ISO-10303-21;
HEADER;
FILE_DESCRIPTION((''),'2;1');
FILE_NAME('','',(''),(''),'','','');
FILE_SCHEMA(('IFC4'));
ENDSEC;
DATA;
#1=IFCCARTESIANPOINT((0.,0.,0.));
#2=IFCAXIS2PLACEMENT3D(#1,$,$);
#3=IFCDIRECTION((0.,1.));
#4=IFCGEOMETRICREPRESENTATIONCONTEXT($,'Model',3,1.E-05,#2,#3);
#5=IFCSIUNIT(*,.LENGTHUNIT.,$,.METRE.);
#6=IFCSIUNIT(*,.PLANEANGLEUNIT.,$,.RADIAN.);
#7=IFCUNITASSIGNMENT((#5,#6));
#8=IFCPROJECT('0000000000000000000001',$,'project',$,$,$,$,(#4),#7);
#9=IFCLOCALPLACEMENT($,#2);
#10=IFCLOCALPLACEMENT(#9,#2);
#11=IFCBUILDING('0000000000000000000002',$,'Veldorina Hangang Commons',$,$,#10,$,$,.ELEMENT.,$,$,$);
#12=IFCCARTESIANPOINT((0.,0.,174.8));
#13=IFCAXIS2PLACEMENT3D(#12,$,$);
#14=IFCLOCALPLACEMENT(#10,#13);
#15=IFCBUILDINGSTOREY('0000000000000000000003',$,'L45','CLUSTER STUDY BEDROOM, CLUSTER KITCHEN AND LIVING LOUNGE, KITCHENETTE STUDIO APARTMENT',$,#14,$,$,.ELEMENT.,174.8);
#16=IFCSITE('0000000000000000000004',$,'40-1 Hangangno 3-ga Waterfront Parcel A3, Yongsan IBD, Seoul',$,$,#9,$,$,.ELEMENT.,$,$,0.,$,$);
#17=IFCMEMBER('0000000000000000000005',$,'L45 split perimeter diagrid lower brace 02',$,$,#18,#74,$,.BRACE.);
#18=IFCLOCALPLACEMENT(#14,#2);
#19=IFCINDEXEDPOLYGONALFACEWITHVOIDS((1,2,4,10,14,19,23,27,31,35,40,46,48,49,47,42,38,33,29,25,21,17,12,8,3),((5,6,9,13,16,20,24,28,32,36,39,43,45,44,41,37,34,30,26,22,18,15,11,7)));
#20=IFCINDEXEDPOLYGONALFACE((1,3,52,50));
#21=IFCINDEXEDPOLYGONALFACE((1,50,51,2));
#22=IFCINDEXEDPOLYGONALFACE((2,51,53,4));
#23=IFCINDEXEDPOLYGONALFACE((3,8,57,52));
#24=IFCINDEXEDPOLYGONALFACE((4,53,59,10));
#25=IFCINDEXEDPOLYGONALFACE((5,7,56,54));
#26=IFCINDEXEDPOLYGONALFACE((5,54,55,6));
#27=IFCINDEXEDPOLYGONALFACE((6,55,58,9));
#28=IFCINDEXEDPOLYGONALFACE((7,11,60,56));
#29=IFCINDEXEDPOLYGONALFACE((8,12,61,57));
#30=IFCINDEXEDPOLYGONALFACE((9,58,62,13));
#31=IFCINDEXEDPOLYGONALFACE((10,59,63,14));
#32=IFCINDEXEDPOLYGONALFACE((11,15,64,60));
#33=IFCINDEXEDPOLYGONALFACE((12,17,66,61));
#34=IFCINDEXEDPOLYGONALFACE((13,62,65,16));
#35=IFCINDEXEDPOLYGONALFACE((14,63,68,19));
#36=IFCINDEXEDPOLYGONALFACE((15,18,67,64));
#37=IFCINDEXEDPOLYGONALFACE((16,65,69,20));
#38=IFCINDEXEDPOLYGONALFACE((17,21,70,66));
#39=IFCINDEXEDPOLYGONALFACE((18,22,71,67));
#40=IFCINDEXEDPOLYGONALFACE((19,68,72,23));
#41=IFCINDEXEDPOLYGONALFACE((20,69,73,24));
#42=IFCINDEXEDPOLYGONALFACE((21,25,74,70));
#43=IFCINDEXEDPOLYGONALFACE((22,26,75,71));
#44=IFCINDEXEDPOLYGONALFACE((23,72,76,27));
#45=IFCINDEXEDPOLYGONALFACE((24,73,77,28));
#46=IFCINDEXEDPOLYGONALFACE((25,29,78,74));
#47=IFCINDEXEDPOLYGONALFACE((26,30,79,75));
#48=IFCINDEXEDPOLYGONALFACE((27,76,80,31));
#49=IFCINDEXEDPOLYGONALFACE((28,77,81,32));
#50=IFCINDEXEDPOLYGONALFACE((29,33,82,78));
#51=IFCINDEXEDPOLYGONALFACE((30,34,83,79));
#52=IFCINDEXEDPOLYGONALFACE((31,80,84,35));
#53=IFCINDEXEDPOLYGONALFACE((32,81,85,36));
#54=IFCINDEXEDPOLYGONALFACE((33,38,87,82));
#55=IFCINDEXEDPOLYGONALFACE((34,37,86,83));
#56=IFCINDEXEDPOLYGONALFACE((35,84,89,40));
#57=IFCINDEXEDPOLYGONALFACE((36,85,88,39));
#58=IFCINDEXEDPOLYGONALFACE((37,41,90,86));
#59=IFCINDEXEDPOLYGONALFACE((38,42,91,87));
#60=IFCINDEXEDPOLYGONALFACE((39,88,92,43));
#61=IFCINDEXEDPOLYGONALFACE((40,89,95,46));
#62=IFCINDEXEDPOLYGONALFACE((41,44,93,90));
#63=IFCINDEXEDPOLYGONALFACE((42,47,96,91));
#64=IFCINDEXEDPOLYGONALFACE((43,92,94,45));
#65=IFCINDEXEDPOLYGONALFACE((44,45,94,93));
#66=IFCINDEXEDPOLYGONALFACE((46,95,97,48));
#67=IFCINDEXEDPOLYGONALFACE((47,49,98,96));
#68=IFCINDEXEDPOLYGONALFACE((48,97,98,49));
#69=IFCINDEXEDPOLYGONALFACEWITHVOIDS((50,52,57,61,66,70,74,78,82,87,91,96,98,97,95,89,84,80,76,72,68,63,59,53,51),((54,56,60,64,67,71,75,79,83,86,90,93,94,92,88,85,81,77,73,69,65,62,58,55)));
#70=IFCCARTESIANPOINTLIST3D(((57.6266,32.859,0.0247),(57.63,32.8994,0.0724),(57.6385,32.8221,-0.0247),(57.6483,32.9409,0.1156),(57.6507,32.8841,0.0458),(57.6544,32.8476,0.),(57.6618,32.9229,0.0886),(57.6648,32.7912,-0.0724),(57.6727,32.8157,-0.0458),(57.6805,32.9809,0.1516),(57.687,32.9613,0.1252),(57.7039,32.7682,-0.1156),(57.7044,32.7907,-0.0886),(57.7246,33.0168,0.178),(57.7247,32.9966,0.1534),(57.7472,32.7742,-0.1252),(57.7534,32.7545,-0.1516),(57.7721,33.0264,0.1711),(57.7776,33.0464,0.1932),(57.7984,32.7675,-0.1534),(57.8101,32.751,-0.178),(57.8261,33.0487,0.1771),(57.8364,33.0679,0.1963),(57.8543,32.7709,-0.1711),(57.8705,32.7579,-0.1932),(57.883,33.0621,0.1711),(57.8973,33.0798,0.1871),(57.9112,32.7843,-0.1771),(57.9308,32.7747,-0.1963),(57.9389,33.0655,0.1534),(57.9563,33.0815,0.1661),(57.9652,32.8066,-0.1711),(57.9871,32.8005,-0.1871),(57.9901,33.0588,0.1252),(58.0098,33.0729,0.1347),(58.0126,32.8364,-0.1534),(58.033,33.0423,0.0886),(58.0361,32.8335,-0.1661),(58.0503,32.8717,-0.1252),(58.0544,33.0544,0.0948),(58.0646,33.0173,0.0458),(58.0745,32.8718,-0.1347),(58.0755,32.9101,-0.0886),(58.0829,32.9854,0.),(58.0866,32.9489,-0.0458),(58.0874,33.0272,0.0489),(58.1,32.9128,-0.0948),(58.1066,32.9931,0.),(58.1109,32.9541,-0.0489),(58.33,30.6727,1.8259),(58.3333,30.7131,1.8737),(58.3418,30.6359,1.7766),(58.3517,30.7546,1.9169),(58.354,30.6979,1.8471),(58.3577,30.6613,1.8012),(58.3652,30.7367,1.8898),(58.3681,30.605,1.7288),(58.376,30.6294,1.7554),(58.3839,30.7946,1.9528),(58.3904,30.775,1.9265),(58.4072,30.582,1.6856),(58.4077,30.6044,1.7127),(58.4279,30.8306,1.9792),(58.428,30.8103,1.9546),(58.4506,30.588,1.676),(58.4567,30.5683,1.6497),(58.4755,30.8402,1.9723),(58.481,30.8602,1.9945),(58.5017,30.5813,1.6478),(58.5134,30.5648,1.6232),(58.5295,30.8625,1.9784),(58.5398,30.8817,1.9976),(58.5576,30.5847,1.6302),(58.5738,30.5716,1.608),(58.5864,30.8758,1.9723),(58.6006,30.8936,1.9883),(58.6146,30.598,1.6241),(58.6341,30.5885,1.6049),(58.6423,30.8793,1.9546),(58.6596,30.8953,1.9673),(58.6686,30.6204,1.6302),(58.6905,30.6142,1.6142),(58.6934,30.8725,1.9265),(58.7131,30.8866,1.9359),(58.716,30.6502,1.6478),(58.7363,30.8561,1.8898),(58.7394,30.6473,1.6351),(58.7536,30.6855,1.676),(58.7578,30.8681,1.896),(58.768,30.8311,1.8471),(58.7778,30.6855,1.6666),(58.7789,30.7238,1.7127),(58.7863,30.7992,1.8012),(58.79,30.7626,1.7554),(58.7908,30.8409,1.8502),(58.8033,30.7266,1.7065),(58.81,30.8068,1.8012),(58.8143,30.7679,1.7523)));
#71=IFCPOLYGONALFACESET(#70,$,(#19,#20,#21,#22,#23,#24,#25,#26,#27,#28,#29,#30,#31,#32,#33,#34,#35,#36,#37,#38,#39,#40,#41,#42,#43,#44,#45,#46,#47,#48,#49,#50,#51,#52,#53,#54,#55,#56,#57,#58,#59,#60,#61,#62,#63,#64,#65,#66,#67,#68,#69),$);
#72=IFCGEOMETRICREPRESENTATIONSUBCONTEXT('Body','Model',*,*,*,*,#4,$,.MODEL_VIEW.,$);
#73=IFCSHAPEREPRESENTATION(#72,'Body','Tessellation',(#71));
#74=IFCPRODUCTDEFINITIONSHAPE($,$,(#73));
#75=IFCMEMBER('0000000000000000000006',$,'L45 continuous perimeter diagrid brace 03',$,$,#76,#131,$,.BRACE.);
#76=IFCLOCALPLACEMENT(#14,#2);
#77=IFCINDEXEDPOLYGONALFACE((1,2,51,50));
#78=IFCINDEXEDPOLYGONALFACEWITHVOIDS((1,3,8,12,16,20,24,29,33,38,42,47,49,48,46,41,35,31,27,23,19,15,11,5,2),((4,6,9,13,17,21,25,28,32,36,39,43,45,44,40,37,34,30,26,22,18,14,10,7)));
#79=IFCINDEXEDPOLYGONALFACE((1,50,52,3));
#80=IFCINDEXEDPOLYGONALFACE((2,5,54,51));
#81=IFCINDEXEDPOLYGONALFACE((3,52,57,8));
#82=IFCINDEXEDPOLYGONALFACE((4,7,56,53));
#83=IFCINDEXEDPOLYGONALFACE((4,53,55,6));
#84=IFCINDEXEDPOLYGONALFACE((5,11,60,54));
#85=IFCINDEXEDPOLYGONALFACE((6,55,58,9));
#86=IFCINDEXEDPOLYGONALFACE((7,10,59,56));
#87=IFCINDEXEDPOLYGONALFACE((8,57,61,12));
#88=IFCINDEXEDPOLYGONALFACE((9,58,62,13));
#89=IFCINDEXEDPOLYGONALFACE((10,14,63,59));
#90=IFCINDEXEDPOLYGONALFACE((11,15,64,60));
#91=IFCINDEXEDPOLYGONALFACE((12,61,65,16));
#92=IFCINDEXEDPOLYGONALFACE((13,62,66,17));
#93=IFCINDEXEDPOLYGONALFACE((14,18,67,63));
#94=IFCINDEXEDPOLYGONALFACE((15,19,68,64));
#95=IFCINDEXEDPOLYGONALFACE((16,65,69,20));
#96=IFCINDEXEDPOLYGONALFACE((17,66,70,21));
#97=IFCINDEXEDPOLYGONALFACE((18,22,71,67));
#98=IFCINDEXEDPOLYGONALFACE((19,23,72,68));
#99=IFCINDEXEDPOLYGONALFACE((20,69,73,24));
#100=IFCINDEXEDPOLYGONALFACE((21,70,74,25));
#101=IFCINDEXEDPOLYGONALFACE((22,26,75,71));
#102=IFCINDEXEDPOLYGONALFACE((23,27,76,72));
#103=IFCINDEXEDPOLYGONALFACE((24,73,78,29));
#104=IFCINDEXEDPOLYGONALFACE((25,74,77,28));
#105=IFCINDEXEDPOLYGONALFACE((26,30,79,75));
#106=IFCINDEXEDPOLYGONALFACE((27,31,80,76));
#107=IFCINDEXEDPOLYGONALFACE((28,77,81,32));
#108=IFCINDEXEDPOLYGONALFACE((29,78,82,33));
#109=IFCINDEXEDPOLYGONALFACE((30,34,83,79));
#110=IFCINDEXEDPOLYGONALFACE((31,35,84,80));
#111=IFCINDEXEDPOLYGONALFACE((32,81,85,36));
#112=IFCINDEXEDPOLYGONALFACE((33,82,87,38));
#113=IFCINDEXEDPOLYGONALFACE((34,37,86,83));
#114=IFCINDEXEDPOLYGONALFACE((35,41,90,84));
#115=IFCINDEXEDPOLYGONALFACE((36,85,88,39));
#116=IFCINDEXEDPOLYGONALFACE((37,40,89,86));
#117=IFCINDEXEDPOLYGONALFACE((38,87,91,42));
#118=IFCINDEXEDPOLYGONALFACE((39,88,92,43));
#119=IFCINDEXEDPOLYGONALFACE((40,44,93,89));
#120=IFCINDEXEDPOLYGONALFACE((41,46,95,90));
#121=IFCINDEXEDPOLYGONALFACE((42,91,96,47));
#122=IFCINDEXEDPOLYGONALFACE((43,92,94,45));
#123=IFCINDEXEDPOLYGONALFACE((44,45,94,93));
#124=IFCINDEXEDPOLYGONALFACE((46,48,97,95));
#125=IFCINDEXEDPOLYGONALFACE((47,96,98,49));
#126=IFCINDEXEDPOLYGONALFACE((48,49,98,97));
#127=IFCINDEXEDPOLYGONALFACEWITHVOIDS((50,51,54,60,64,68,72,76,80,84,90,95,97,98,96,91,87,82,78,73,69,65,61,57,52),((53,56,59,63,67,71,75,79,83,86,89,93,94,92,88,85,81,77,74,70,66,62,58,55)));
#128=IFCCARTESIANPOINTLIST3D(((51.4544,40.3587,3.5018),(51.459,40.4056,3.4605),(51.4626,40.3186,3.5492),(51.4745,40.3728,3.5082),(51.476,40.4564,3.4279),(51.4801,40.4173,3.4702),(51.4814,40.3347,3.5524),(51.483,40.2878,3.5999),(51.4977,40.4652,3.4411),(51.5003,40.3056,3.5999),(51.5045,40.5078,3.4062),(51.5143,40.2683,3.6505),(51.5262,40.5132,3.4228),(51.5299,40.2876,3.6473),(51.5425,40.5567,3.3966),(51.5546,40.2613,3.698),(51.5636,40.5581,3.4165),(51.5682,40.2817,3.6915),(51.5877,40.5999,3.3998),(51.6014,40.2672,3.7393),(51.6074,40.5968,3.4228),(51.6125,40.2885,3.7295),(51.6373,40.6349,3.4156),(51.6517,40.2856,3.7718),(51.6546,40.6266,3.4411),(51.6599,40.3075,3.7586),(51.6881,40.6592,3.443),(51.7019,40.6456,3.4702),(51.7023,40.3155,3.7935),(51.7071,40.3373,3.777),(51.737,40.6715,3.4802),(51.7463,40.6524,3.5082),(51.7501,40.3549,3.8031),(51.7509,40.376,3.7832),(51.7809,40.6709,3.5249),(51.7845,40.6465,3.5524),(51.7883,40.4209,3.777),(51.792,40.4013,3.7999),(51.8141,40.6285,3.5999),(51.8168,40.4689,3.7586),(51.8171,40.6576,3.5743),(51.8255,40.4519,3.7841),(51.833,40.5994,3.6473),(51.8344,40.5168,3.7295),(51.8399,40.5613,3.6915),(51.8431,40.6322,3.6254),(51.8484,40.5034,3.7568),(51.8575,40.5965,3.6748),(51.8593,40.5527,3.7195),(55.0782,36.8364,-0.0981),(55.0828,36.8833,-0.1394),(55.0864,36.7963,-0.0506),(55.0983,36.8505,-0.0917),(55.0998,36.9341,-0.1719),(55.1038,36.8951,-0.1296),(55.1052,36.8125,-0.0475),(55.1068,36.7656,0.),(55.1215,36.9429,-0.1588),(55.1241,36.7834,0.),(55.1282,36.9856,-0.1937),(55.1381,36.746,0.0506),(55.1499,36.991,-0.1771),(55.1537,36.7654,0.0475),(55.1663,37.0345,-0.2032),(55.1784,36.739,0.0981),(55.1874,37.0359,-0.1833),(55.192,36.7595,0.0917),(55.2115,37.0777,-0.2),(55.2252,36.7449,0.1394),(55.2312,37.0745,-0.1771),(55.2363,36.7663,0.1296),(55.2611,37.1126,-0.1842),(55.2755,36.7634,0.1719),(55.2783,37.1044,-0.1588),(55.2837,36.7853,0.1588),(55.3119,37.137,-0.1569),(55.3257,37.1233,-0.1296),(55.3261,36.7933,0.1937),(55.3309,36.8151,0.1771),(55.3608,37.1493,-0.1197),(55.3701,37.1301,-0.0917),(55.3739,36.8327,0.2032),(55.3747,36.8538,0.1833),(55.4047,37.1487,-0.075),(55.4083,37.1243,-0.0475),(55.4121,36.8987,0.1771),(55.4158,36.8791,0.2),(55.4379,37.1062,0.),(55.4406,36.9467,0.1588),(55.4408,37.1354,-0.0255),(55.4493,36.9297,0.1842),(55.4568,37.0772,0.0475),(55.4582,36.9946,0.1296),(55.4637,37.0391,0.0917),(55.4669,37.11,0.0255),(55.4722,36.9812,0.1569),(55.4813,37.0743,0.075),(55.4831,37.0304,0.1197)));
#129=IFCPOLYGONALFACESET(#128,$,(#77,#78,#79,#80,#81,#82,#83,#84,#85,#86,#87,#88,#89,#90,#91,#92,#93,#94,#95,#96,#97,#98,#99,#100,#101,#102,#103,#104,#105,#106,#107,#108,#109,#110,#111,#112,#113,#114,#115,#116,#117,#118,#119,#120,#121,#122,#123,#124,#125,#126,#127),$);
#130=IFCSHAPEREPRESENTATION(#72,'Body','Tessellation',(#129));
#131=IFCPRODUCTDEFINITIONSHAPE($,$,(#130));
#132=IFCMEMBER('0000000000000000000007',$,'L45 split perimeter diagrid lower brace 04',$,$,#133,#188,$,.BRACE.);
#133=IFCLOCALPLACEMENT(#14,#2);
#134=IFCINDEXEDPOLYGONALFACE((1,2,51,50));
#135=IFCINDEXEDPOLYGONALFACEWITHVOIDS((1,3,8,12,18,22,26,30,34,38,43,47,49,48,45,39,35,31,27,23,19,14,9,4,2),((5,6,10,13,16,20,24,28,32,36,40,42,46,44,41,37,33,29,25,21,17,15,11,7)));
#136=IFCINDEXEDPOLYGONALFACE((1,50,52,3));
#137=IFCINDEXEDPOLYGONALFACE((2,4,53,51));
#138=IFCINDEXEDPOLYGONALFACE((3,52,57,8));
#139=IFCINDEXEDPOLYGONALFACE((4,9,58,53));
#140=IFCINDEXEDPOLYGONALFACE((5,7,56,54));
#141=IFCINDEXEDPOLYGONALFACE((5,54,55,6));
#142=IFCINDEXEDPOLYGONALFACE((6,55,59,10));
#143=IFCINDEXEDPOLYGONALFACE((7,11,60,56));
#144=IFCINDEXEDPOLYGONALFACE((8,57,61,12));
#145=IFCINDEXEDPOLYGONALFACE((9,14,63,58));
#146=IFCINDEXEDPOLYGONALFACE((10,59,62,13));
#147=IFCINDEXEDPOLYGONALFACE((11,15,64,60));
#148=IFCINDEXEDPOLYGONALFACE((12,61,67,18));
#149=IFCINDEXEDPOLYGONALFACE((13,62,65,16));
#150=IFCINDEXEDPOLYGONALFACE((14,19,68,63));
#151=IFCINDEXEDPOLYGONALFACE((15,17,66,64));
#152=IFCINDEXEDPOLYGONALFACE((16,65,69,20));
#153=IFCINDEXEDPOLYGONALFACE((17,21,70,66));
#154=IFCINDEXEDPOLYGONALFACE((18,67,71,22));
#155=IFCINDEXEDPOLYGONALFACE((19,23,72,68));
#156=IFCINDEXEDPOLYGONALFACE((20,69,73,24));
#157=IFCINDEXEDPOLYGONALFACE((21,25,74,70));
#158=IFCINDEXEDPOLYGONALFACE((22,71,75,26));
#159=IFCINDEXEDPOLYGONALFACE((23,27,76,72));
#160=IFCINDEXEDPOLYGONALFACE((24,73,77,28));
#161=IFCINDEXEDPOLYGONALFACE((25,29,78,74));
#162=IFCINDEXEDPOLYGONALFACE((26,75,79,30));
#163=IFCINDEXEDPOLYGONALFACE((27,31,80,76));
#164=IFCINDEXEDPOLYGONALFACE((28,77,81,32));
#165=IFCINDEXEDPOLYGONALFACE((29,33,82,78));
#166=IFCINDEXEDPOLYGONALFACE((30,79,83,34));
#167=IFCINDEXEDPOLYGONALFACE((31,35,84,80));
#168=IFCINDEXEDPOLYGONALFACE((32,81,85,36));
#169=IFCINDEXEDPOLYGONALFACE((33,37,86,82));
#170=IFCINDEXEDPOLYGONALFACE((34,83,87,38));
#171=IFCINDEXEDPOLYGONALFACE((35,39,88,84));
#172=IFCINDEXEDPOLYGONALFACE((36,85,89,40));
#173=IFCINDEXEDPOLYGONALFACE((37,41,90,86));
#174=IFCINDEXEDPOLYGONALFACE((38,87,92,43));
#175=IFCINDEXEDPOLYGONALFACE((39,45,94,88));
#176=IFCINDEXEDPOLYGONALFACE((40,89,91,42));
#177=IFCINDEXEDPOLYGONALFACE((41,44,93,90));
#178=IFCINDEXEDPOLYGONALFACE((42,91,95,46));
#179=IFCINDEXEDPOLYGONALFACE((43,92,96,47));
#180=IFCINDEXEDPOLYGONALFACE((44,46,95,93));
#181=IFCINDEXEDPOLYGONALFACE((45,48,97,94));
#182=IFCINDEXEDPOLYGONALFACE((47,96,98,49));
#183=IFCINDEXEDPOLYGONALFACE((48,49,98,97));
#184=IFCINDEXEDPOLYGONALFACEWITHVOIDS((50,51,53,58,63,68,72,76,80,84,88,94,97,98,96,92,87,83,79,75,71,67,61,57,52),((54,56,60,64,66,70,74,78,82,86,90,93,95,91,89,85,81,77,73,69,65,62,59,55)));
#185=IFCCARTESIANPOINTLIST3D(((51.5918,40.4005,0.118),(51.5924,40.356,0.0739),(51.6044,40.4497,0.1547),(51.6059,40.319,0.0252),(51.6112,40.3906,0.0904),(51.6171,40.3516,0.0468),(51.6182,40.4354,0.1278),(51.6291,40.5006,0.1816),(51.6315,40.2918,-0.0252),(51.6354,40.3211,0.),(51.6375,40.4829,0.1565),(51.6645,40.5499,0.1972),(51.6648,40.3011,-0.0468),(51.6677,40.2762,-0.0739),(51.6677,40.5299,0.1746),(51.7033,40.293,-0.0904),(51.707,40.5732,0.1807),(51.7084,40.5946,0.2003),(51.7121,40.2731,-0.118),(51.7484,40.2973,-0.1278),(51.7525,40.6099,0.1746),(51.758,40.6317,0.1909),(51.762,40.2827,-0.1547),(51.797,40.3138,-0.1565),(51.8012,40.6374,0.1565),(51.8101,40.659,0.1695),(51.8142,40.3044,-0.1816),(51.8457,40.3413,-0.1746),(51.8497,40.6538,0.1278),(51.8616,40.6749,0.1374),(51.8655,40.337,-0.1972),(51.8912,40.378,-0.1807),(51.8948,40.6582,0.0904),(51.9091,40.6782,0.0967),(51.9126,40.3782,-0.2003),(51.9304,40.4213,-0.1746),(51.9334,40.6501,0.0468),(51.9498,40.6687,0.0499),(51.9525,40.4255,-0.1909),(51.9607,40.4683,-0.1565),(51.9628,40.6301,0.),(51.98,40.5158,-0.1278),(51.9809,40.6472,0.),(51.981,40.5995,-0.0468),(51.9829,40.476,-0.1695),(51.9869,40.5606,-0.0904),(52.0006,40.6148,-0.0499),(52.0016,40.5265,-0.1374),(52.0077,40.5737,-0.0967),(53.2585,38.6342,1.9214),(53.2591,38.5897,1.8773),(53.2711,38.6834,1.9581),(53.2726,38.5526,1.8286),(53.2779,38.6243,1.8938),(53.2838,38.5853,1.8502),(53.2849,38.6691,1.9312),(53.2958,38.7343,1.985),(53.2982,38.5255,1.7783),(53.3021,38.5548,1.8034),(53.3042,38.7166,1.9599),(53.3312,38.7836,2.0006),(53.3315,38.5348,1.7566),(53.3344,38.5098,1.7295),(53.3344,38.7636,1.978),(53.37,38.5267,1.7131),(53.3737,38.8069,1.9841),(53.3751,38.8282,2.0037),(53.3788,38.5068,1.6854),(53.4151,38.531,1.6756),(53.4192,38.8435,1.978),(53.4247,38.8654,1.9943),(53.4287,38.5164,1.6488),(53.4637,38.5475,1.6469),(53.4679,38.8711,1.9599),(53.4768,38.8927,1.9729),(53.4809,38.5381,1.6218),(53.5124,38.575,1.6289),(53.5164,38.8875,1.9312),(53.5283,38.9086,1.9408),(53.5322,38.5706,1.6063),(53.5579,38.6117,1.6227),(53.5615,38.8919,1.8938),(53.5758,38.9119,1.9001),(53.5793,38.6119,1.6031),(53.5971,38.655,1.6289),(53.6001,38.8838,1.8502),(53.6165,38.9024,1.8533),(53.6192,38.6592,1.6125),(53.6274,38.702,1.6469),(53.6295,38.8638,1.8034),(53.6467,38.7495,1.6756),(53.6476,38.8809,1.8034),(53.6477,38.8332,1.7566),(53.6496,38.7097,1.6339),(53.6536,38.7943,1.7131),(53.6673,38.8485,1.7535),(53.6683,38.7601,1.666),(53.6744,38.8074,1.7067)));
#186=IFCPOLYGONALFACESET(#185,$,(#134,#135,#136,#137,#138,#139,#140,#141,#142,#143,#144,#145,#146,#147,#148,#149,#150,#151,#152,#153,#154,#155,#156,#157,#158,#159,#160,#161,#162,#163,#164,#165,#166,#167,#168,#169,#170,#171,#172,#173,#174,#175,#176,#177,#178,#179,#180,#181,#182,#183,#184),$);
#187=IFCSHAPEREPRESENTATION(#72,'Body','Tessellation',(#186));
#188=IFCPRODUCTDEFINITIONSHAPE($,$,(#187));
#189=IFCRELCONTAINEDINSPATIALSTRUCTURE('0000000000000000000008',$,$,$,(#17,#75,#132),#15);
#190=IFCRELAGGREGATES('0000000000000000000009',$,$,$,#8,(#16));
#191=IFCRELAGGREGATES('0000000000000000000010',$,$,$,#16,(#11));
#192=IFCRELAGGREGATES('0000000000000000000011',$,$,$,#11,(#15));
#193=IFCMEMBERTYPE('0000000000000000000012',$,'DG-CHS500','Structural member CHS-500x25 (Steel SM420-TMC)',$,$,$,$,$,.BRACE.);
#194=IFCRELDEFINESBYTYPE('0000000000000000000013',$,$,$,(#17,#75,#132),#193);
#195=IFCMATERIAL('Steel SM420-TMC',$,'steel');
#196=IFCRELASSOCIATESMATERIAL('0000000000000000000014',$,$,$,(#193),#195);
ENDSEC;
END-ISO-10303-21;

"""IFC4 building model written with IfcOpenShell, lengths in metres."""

from ifc_helpers import new_model, si_unit, direction, frame, origin, origin_2d, place, context, subcontext, project, spatial, hollow_circle, extrude, material, material_profile, profile_set, type_object, element, save


model = new_model("IFC4")

# Units and contexts
model_context = context("Model", 3, precision=1e-05, world=origin(), true_north=direction((0.0, 1.0)))
body_context = subcontext(model_context, "Body", "Model", "MODEL_VIEW")
ifc_project = project(units=[si_unit("LENGTHUNIT", "METRE"), si_unit("PLANEANGLEUNIT", "RADIAN")], contexts=[model_context])

# Site, building, storey
site_placement = place(None, origin())
site = spatial("IfcSite", under=ifc_project, at=site_placement, Name="40-1 Hangangno 3-ga Waterfront Parcel A3, Yongsan IBD, Seoul", CompositionType="ELEMENT", RefElevation=0.0)
building_placement = place(site_placement, origin())
building = spatial("IfcBuilding", under=site, at=building_placement, Name="Veldorina Hangang Commons", CompositionType="ELEMENT")
storey_placement = place(building_placement, frame((0.0, 0.0, 174.8)))
storey = spatial("IfcBuildingStorey", under=building, at=storey_placement, Name="L45", Description="CLUSTER STUDY BEDROOM, CLUSTER KITCHEN AND LIVING LOUNGE, KITCHENETTE STUDIO APARTMENT", CompositionType="ELEMENT", Elevation=174.8)

# Shared definitions
ifc_material_1 = material(Name="Steel SM420-TMC", Category="steel")

# Members
ifc_material_profile_1 = material_profile(ifc_material_1, hollow_circle(Radius=0.25, WallThickness=0.0249, at=origin_2d()), Name="CHS-500x25")
ifc_profile_set_1 = profile_set([ifc_material_profile_1], Name="Steel SM420-TMC")
member_type = type_object("IfcMemberType", Name="DG-CHS500", Description="Structural member CHS-500x25 (Steel SM420-TMC)", PredefinedType="BRACE", material=ifc_profile_set_1)
member_1_placement = place(storey_placement, frame((57.8687, 32.9165, 0.0), z_axis=(0.240983, -0.749046, 0.617137), x_axis=(0.951948, 0.30626, 0.0)))
element("IfcMember", 1, at=member_1_placement, inside=storey, type_object=member_type, Name="L45 split perimeter diagrid lower brace 02", PredefinedType="BRACE", context=body_context, shape_type="SweptSolid", body=[
    extrude(hollow_circle(Radius=0.25, WallThickness=0.0249, at=origin_2d()), origin(), (0.0, 0.0, 1.0), 2.9187),
])
member_2_placement = place(storey_placement, frame((55.281, 36.9448, 0.0), z_axis=(-0.58405, 0.567681, 0.580194), x_axis=(-0.696987, -0.717084, 0.0)))
element("IfcMember", 2, at=member_2_placement, inside=storey, type_object=member_type, Name="L45 continuous perimeter diagrid brace 03", PredefinedType="BRACE", context=body_context, shape_type="SweptSolid", body=[
    extrude(hollow_circle(Radius=0.25, WallThickness=0.0249, at=origin_2d()), origin(), (0.0, 0.0, 1.0), 6.2046),
])
member_3_placement = place(storey_placement, frame((51.7991, 40.4756, 0.0), z_axis=(0.550993, -0.583922, 0.596189), x_axis=(0.727317, 0.686302, 0.0)))
element("IfcMember", 3, at=member_3_placement, inside=storey, type_object=member_type, Name="L45 split perimeter diagrid lower brace 04", PredefinedType="BRACE", context=body_context, shape_type="SweptSolid", body=[
    extrude(hollow_circle(Radius=0.25, WallThickness=0.0249, at=origin_2d()), origin(), (0.0, 0.0, 1.0), 3.0249),
])

save(model, "model.ifc")
